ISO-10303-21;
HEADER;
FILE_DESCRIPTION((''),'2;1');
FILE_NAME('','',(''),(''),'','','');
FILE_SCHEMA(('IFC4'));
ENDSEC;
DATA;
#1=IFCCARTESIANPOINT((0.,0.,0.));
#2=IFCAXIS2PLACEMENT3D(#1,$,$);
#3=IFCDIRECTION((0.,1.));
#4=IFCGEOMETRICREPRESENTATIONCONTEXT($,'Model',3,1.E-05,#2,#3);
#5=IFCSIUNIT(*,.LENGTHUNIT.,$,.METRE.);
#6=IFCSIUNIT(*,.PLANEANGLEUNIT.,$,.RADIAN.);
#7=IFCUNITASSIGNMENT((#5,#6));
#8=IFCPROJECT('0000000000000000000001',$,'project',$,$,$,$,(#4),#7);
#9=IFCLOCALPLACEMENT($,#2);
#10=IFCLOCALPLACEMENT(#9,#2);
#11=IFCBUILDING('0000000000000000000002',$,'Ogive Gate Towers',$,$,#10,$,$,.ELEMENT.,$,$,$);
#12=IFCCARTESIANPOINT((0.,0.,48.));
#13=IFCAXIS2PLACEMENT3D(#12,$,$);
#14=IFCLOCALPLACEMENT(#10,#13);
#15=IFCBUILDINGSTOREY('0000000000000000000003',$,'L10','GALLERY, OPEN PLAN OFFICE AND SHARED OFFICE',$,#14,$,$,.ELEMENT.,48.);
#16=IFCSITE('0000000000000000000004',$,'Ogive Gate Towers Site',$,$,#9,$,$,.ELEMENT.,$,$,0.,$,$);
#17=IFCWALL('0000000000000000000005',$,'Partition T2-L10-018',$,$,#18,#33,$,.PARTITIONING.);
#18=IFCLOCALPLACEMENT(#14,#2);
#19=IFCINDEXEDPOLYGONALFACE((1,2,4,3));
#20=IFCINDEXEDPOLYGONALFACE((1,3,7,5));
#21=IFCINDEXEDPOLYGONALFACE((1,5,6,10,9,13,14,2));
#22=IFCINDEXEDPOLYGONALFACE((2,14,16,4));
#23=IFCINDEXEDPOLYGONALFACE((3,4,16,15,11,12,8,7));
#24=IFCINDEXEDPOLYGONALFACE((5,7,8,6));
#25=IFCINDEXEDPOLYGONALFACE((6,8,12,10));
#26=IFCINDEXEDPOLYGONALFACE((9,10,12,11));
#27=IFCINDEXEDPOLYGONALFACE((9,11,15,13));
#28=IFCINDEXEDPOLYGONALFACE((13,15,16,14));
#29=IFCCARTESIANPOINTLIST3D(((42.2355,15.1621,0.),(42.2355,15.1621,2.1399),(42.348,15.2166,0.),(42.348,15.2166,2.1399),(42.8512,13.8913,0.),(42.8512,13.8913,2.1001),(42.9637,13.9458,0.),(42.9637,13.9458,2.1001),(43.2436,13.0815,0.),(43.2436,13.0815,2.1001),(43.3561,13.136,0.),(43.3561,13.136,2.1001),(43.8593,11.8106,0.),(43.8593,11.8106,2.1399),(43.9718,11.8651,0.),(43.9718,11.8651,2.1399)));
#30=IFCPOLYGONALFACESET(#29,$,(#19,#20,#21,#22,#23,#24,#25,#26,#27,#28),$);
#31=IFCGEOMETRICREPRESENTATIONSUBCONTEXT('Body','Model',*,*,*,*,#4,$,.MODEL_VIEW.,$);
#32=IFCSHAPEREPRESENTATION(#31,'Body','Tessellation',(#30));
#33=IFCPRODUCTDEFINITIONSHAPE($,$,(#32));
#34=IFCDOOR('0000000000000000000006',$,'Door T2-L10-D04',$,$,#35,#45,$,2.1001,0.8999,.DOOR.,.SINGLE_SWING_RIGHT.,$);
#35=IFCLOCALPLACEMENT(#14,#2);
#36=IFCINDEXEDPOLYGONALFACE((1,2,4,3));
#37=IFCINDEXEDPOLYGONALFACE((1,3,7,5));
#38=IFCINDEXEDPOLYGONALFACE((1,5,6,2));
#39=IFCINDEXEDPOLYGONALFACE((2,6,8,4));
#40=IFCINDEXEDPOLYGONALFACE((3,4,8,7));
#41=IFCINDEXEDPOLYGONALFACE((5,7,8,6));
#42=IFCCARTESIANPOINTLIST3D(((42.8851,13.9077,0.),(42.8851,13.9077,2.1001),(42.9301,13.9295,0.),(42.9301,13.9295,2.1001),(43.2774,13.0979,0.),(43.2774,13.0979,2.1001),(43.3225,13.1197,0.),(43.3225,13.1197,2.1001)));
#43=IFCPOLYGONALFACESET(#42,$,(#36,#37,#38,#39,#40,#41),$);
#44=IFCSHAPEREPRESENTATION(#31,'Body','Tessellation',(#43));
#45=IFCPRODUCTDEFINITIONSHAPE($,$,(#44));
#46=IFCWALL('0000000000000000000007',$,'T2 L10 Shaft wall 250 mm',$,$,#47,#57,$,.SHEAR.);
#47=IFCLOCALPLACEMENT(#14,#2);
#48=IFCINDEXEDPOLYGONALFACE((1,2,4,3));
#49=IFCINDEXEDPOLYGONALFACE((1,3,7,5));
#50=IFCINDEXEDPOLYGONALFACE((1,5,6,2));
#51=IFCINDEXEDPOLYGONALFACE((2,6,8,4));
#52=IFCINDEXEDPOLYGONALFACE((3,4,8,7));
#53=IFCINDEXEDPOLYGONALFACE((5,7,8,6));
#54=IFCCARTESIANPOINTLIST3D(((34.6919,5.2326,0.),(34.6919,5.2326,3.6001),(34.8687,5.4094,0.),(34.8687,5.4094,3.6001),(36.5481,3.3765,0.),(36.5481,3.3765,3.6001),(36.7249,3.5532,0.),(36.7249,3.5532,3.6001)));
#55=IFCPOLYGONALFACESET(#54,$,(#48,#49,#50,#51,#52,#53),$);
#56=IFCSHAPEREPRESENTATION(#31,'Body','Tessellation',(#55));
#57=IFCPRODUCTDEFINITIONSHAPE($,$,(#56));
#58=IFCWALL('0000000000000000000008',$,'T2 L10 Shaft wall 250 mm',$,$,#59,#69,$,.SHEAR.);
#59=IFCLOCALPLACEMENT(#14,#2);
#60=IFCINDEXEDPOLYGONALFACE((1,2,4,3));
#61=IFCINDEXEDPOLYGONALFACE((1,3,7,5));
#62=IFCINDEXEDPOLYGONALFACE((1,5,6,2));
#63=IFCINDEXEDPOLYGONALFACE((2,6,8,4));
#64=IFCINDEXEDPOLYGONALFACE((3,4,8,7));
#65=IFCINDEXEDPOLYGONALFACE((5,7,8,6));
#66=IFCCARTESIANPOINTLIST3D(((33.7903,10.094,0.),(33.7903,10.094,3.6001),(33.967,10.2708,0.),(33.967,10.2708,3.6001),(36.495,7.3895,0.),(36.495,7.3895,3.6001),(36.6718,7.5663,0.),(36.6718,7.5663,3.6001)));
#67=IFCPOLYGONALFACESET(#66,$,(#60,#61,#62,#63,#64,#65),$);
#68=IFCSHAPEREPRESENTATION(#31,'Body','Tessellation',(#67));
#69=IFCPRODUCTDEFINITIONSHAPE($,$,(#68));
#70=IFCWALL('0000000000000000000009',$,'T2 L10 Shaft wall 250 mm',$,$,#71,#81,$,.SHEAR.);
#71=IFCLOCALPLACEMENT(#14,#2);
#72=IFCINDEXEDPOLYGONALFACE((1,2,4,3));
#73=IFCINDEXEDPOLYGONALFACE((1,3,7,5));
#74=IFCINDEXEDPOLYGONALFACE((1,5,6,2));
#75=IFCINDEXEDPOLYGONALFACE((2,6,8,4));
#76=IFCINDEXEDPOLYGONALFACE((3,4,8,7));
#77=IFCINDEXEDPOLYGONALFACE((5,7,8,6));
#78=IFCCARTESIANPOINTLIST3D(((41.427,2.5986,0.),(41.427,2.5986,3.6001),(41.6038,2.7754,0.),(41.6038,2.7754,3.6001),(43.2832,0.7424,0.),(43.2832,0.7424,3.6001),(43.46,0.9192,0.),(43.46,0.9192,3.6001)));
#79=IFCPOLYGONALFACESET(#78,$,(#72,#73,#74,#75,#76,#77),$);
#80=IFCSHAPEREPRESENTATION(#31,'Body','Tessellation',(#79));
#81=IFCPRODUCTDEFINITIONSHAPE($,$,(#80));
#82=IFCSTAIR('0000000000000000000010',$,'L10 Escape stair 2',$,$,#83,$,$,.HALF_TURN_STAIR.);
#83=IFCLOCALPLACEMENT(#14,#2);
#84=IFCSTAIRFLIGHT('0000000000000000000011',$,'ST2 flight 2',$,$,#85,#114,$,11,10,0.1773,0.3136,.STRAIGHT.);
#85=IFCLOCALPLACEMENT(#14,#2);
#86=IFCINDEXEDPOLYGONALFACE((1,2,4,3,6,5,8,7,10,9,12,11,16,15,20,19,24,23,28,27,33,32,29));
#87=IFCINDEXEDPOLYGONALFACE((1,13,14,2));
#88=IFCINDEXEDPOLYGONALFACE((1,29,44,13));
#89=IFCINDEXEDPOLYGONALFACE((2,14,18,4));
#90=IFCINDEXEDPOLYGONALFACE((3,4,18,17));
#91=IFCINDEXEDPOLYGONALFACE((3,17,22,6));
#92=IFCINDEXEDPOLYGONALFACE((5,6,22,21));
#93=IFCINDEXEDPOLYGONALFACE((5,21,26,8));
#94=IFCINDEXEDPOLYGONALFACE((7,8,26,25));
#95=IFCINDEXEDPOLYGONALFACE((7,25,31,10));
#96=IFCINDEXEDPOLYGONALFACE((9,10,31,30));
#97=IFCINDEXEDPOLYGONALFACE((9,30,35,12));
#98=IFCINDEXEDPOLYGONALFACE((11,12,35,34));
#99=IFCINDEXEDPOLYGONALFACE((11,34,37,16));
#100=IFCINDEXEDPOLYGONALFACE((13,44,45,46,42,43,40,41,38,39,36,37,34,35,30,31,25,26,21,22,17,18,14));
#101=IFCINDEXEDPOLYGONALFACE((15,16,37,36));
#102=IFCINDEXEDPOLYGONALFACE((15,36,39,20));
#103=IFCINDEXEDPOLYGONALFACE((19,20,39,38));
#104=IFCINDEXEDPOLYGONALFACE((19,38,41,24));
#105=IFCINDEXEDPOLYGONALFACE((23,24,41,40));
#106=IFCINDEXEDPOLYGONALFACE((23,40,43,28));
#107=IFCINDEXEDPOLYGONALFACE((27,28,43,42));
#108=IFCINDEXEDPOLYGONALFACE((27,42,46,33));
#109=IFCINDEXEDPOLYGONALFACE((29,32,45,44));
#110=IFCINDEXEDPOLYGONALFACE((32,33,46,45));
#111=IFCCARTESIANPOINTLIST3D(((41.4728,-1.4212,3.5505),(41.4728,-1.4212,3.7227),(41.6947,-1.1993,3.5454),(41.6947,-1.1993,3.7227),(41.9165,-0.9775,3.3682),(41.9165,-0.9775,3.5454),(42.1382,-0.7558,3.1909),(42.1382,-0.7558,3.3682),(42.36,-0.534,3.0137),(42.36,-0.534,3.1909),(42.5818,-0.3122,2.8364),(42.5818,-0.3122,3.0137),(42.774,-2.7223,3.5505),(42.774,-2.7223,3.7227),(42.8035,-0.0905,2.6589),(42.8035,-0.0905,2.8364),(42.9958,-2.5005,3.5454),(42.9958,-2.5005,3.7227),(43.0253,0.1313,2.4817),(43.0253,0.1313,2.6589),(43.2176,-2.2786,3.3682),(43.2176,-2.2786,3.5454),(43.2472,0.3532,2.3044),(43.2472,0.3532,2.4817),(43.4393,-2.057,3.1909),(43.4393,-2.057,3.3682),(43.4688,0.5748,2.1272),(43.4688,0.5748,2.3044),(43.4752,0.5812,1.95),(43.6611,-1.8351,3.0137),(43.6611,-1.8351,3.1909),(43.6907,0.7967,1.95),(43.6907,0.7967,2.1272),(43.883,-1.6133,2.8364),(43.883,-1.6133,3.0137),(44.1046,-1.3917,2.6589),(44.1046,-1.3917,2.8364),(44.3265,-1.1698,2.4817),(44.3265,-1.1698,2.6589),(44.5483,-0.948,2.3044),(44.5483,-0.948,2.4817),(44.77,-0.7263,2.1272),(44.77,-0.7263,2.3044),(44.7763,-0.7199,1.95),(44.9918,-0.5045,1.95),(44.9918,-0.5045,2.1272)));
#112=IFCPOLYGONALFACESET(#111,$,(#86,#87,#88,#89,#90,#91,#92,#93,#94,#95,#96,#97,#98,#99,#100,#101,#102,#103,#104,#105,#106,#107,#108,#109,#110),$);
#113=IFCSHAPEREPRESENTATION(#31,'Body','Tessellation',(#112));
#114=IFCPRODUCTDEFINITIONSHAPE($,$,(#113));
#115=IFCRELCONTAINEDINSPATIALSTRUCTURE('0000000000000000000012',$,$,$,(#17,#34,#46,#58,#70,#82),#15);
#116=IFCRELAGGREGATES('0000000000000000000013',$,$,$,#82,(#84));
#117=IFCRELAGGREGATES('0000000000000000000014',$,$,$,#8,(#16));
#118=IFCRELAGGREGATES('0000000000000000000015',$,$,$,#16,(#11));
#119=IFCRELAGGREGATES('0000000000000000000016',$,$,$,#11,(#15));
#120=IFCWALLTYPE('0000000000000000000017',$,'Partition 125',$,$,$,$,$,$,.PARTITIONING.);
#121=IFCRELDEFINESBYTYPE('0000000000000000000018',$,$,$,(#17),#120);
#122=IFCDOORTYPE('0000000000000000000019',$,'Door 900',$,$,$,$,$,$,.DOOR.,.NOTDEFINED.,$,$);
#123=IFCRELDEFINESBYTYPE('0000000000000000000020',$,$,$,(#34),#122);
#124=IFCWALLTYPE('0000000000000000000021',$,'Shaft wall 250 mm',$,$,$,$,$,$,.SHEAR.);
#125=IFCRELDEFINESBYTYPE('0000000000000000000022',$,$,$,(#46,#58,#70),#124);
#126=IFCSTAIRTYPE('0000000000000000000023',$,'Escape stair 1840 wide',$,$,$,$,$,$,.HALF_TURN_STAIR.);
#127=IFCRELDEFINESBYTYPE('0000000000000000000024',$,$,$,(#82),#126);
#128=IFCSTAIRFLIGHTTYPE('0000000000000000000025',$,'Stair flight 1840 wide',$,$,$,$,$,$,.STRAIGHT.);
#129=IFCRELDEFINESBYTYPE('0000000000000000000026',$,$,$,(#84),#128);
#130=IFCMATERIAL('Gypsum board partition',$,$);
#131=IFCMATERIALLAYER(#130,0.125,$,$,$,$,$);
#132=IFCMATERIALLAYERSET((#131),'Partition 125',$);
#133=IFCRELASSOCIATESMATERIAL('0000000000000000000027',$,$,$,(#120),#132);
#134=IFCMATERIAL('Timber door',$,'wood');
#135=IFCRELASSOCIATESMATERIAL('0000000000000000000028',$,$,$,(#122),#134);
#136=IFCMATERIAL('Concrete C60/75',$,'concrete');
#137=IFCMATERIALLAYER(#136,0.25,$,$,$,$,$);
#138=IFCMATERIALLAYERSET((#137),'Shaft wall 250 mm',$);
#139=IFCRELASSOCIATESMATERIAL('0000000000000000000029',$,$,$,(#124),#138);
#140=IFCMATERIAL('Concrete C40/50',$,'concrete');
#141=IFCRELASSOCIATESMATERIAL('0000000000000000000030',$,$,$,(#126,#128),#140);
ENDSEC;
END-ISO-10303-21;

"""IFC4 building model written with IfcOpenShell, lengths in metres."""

from ifc_helpers import new_model, si_unit, direction, frame, frame_2d, origin, place, context, subcontext, project, spatial, polyline, rectangle, outline, extrude, material, layer, layer_set, type_object, element, fill, aggregate, save


model = new_model("IFC4")

# Units and contexts
model_context = context("Model", 3, precision=1e-05, world=origin(), true_north=direction((0.0, 1.0)))
body_context = subcontext(model_context, "Body", "Model", "MODEL_VIEW")
ifc_project = project(units=[si_unit("LENGTHUNIT", "METRE"), si_unit("PLANEANGLEUNIT", "RADIAN")], contexts=[model_context])

# Site, building, storey
site_placement = place(None, origin())
site = spatial("IfcSite", under=ifc_project, at=site_placement, Name="Ogive Gate Towers Site", CompositionType="ELEMENT", RefElevation=0.0)
building_placement = place(site_placement, origin())
building = spatial("IfcBuilding", under=site, at=building_placement, Name="Ogive Gate Towers", CompositionType="ELEMENT")
storey_placement = place(building_placement, frame((0.0, 0.0, 48.0)))
storey = spatial("IfcBuildingStorey", under=building, at=storey_placement, Name="L10", Description="GALLERY, OPEN PLAN OFFICE AND SHARED OFFICE", CompositionType="ELEMENT", Elevation=48.0)

# Shared definitions
ifc_material_1 = material(Name="Timber door", Category="wood")
ifc_material_2 = material(Name="Concrete C60/75", Category="concrete")

# Shared definitions
ifc_material_3 = material(Name="Gypsum board partition")
ifc_layer_1 = layer(ifc_material_3, 0.125)
ifc_layer_set_1 = layer_set([ifc_layer_1], Name="Partition 125")
wall_type_1 = type_object("IfcWallType", Name="Partition 125", PredefinedType="PARTITIONING", material=ifc_layer_set_1)

# Wall, opening, door
wall_1_placement = place(storey_placement, frame((43.9155, 11.8379, 0.0), z_axis=(0.0, 0.0, 1.0), x_axis=(-0.436008, 0.899943, 0.0)))
wall_1 = element("IfcWall", 1, at=wall_1_placement, inside=storey, type_object=wall_type_1, Name="Partition T2-L10-018", PredefinedType="PARTITIONING", context=body_context, shape_type="SweptSolid", body=[
    extrude(rectangle(XDim=3.7241, YDim=0.125, at=frame_2d((1.8621, 0.0))), origin(), (0.0, 0.0, 1.0), 2.1399),
])
opening_1_placement = place(wall_1_placement, frame((1.4121, 0.0, 0.0)))
opening_1 = element("IfcOpeningElement", 2, at=opening_1_placement, cuts=wall_1, PredefinedType="OPENING", context=body_context, shape_type="SweptSolid", body=[
    extrude(rectangle(XDim=0.8999, YDim=2.1001, at=frame_2d((0.45, 1.05))), frame((0.0, 0.0725, 0.0), z_axis=(0.0, -1.0, 0.0), x_axis=(1.0, 0.0, 0.0)), (0.0, 0.0, 1.0), 0.145),
])
door_type_1 = type_object("IfcDoorType", Name="Door 900", OperationType="NOTDEFINED", PredefinedType="DOOR", material=ifc_material_1)
door_1_placement = place(opening_1_placement, origin())
door_1 = element("IfcDoor", 3, at=door_1_placement, inside=storey, type_object=door_type_1, Name="Door T2-L10-D04", OperationType="SINGLE_SWING_RIGHT", OverallHeight=2.1001, OverallWidth=0.8999, PredefinedType="DOOR", context=body_context, shape_type="SweptSolid", body=[
    extrude(rectangle(XDim=0.8999, YDim=2.1001, at=frame_2d((0.45, 1.05))), frame((0.0, 0.0249, 0.0), z_axis=(0.0, -1.0, 0.0), x_axis=(1.0, 0.0, 0.0)), (0.0, 0.0, 1.0), 0.05),
])
fill(opening_1, door_1)

# Walls
ifc_layer_2 = layer(ifc_material_2, 0.25)
ifc_layer_set_2 = layer_set([ifc_layer_2], Name="Shaft wall 250 mm")
wall_type_2 = type_object("IfcWallType", Name="Shaft wall 250 mm", PredefinedType="SHEAR", material=ifc_layer_set_2)
wall_2_placement = place(storey_placement, frame((36.6365, 3.4648, 0.0), z_axis=(0.0, 0.0, 1.0), x_axis=(-0.707107, 0.707107, 0.0)))
element("IfcWall", 4, at=wall_2_placement, inside=storey, type_object=wall_type_2, Name="T2 L10 Shaft wall 250 mm", PredefinedType="SHEAR", context=body_context, shape_type="SweptSolid", body=[
    extrude(rectangle(XDim=2.625, YDim=0.25, at=frame_2d((1.3125, 0.0))), origin(), (0.0, 0.0, 1.0), 3.6001),
])
wall_3_placement = place(storey_placement, frame((36.5835, 7.4778, 0.0), z_axis=(0.0, 0.0, 1.0), x_axis=(-0.707139, 0.707075, 0.0)))
element("IfcWall", 5, at=wall_3_placement, inside=storey, type_object=wall_type_2, Name="T2 L10 Shaft wall 250 mm", PredefinedType="SHEAR", context=body_context, shape_type="SweptSolid", body=[
    extrude(rectangle(XDim=3.825, YDim=0.25, at=frame_2d((1.9126, 0.0))), origin(), (0.0, 0.0, 1.0), 3.6001),
])
wall_4_placement = place(storey_placement, frame((43.3716, 0.8308, 0.0), z_axis=(0.0, 0.0, 1.0), x_axis=(-0.707107, 0.707107, 0.0)))
element("IfcWall", 6, at=wall_4_placement, inside=storey, type_object=wall_type_2, Name="T2 L10 Shaft wall 250 mm", PredefinedType="SHEAR", context=body_context, shape_type="SweptSolid", body=[
    extrude(rectangle(XDim=2.625, YDim=0.25, at=frame_2d((1.3125, 0.0))), origin(), (0.0, 0.0, 1.0), 3.6001),
])

# Stair, stair flight
ifc_material_4 = material(Name="Concrete C40/50", Category="concrete")
stair_type = type_object("IfcStairType", Name="Escape stair 1840 wide", PredefinedType="HALF_TURN_STAIR", material=ifc_material_4)
stair_placement = place(storey_placement, origin())
stair = element("IfcStair", 7, at=stair_placement, inside=storey, type_object=stair_type, Name="L10 Escape stair 2", PredefinedType="HALF_TURN_STAIR")
stair_flight_type = type_object("IfcStairFlightType", Name="Stair flight 1840 wide", PredefinedType="STRAIGHT", material=ifc_material_4)
stair_flight_placement = place(storey_placement, frame((44.3413, 0.146, 1.95), z_axis=(0.0, 0.0, 1.0), x_axis=(-0.707107, -0.707107, 0.0)))
stair_flight = element("IfcStairFlight", 8, at=stair_flight_placement, type_object=stair_flight_type, Name="ST2 flight 2", NumberOfRisers=11, NumberOfTreads=10, PredefinedType="STRAIGHT", RiserHeight=0.1773, TreadLength=0.3136, context=body_context, shape_type="SweptSolid", body=[
    extrude(outline(polyline([(0.0, 0.0), (0.0, 0.1772), (0.3137, 0.1772), (0.3137, 0.3545), (0.6272, 0.3545), (0.6272, 0.5317), (0.9409, 0.5317), (0.9409, 0.709), (1.2546, 0.709), (1.2546, 0.8865), (1.5681, 0.8865), (1.5681, 1.0637), (1.8818, 1.0637), (1.8818, 1.241), (2.1956, 1.241), (2.1956, 1.4182), (2.509, 1.4182), (2.509, 1.5955), (2.8228, 1.5955), (2.8228, 1.7727), (3.1365, 1.7727), (3.1365, 1.95), (3.1365, 1.6006), (0.3047, 0.0), (0.0, 0.0)])), frame((0.0, 0.9199, 0.0), z_axis=(0.0, -1.0, 0.0), x_axis=(1.0, 0.0, 0.0)), (0.0, 0.0, 1.0), 1.8401),
])
aggregate(stair, [stair_flight])

save(model, "model.ifc")
